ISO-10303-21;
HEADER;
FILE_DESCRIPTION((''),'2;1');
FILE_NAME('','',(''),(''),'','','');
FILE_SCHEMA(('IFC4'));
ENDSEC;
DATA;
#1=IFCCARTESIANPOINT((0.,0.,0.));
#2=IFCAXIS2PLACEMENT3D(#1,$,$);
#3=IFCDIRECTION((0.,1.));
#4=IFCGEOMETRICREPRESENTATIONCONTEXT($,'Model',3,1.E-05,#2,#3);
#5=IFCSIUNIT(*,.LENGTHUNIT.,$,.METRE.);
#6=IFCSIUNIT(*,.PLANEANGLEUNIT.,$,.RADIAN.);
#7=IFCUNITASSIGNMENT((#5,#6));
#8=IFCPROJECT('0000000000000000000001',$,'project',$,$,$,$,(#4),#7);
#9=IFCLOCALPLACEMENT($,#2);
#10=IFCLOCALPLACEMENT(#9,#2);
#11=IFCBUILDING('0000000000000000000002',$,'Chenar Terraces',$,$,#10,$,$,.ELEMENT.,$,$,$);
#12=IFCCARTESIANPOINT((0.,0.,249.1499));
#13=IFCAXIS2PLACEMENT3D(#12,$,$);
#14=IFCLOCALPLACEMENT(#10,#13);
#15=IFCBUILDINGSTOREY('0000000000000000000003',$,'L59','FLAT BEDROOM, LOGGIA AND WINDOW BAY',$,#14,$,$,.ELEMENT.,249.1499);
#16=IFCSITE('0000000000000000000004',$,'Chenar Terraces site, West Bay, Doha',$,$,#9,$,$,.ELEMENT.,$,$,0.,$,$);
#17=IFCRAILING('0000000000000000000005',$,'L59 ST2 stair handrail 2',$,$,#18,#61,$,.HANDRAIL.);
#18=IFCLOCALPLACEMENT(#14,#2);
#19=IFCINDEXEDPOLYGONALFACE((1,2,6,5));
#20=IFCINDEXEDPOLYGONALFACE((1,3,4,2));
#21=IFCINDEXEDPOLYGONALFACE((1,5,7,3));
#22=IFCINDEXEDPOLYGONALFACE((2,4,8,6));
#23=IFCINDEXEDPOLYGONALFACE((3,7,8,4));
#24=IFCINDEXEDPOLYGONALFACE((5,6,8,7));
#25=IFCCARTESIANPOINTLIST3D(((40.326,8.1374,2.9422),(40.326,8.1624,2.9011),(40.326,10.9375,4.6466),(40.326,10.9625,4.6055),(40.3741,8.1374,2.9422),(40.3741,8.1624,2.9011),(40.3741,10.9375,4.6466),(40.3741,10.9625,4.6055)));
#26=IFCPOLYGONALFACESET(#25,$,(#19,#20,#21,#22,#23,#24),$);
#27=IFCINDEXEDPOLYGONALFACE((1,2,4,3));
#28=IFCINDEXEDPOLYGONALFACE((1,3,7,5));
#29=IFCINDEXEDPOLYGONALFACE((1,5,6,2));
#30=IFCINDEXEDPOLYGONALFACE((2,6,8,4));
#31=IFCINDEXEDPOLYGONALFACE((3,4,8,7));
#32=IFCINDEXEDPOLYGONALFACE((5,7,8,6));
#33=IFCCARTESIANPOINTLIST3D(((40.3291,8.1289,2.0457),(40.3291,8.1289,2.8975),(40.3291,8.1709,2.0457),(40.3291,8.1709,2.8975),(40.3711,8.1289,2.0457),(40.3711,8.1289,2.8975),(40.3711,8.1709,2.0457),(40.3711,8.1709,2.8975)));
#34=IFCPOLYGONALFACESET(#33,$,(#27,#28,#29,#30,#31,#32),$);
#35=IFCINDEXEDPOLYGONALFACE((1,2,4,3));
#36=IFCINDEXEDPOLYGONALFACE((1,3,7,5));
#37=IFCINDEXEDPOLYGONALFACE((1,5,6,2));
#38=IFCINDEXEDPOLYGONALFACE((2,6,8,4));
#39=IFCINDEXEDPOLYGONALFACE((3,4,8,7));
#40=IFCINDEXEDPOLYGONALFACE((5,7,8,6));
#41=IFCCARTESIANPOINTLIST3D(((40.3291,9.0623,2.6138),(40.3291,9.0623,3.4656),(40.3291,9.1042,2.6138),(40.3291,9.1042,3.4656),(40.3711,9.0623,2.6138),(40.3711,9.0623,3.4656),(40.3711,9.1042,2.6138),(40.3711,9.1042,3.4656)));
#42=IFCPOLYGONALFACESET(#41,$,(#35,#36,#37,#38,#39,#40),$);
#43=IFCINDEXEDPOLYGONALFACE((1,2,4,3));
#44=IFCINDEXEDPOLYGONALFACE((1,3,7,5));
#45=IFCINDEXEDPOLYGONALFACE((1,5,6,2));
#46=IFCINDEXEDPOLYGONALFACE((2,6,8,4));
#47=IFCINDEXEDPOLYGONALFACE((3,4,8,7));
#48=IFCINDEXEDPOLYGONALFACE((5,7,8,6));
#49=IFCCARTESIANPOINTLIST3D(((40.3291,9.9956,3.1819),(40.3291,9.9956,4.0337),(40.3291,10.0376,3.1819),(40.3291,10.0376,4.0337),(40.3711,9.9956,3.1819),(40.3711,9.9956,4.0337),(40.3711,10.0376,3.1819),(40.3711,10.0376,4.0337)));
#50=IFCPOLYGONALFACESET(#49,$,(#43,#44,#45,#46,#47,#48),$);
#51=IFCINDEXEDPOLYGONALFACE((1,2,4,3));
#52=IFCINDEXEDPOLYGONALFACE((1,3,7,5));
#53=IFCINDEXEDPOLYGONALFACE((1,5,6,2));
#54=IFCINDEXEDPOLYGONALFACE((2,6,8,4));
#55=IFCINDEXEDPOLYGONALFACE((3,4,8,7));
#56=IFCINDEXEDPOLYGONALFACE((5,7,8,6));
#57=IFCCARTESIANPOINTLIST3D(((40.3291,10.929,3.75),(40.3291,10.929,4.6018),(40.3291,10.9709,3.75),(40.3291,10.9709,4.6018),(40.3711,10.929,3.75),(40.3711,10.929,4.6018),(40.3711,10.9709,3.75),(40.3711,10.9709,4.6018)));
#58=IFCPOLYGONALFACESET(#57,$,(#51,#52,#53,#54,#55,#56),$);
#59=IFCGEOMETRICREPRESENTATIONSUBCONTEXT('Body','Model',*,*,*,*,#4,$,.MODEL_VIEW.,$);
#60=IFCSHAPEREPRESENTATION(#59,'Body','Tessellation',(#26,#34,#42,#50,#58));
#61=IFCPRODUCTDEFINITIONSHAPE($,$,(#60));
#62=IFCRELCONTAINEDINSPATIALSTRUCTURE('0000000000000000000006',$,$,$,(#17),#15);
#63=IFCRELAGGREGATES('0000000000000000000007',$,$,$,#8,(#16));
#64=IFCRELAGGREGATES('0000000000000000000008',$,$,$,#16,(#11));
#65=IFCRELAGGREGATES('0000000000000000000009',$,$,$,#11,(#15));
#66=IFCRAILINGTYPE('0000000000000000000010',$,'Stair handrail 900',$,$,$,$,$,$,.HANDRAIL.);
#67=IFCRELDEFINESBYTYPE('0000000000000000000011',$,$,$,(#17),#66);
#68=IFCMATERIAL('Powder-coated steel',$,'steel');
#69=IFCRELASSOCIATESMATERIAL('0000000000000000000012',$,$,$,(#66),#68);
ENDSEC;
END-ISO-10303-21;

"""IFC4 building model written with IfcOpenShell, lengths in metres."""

from ifc_helpers import new_model, si_unit, direction, frame, origin, origin_2d, place, context, subcontext, project, spatial, rectangle, extrude, material, type_object, element, save


model = new_model("IFC4")

# Units and contexts
model_context = context("Model", 3, precision=1e-05, world=origin(), true_north=direction((0.0, 1.0)))
body_context = subcontext(model_context, "Body", "Model", "MODEL_VIEW")
ifc_project = project(units=[si_unit("LENGTHUNIT", "METRE"), si_unit("PLANEANGLEUNIT", "RADIAN")], contexts=[model_context])

# Site, building, storey
site_placement = place(None, origin())
site = spatial("IfcSite", under=ifc_project, at=site_placement, Name="Chenar Terraces site, West Bay, Doha", CompositionType="ELEMENT", RefElevation=0.0)
building_placement = place(site_placement, origin())
building = spatial("IfcBuilding", under=site, at=building_placement, Name="Chenar Terraces", CompositionType="ELEMENT")
storey_placement = place(building_placement, frame((0.0, 0.0, 249.1499)))
storey = spatial("IfcBuildingStorey", under=building, at=storey_placement, Name="L59", Description="FLAT BEDROOM, LOGGIA AND WINDOW BAY", CompositionType="ELEMENT", Elevation=249.1499)

# Railing
ifc_material_1 = material(Name="Powder-coated steel", Category="steel")
railing_type_1 = type_object("IfcRailingType", Name="Stair handrail 900", PredefinedType="HANDRAIL", material=ifc_material_1)
railing_1_placement = place(storey_placement, frame((40.3501, 8.1499, 2.0457)))
element("IfcRailing", 1, at=railing_1_placement, inside=storey, type_object=railing_type_1, Name="L59 ST2 stair handrail 2", PredefinedType="HANDRAIL", context=body_context, shape_type="SweptSolid", body=[
    extrude(rectangle(XDim=0.0481, YDim=0.0481, at=origin_2d()), frame((0.0, 0.0, 0.876), z_axis=(0.0, 0.854203, 0.51994), x_axis=(-1.0, 0.0, 0.0)), (0.0, 0.0, 1.0), 3.2781),
    extrude(rectangle(XDim=0.042, YDim=0.042, at=origin_2d()), origin(), (0.0, 0.0, 1.0), 0.8518),
    extrude(rectangle(XDim=0.042, YDim=0.042, at=origin_2d()), frame((0.0, 0.9333, 0.5681)), (0.0, 0.0, 1.0), 0.8518),
    extrude(rectangle(XDim=0.042, YDim=0.042, at=origin_2d()), frame((0.0, 1.8667, 1.1362)), (0.0, 0.0, 1.0), 0.8518),
    extrude(rectangle(XDim=0.042, YDim=0.042, at=origin_2d()), frame((0.0, 2.8, 1.7043)), (0.0, 0.0, 1.0), 0.8518),
])

save(model, "model.ifc")
